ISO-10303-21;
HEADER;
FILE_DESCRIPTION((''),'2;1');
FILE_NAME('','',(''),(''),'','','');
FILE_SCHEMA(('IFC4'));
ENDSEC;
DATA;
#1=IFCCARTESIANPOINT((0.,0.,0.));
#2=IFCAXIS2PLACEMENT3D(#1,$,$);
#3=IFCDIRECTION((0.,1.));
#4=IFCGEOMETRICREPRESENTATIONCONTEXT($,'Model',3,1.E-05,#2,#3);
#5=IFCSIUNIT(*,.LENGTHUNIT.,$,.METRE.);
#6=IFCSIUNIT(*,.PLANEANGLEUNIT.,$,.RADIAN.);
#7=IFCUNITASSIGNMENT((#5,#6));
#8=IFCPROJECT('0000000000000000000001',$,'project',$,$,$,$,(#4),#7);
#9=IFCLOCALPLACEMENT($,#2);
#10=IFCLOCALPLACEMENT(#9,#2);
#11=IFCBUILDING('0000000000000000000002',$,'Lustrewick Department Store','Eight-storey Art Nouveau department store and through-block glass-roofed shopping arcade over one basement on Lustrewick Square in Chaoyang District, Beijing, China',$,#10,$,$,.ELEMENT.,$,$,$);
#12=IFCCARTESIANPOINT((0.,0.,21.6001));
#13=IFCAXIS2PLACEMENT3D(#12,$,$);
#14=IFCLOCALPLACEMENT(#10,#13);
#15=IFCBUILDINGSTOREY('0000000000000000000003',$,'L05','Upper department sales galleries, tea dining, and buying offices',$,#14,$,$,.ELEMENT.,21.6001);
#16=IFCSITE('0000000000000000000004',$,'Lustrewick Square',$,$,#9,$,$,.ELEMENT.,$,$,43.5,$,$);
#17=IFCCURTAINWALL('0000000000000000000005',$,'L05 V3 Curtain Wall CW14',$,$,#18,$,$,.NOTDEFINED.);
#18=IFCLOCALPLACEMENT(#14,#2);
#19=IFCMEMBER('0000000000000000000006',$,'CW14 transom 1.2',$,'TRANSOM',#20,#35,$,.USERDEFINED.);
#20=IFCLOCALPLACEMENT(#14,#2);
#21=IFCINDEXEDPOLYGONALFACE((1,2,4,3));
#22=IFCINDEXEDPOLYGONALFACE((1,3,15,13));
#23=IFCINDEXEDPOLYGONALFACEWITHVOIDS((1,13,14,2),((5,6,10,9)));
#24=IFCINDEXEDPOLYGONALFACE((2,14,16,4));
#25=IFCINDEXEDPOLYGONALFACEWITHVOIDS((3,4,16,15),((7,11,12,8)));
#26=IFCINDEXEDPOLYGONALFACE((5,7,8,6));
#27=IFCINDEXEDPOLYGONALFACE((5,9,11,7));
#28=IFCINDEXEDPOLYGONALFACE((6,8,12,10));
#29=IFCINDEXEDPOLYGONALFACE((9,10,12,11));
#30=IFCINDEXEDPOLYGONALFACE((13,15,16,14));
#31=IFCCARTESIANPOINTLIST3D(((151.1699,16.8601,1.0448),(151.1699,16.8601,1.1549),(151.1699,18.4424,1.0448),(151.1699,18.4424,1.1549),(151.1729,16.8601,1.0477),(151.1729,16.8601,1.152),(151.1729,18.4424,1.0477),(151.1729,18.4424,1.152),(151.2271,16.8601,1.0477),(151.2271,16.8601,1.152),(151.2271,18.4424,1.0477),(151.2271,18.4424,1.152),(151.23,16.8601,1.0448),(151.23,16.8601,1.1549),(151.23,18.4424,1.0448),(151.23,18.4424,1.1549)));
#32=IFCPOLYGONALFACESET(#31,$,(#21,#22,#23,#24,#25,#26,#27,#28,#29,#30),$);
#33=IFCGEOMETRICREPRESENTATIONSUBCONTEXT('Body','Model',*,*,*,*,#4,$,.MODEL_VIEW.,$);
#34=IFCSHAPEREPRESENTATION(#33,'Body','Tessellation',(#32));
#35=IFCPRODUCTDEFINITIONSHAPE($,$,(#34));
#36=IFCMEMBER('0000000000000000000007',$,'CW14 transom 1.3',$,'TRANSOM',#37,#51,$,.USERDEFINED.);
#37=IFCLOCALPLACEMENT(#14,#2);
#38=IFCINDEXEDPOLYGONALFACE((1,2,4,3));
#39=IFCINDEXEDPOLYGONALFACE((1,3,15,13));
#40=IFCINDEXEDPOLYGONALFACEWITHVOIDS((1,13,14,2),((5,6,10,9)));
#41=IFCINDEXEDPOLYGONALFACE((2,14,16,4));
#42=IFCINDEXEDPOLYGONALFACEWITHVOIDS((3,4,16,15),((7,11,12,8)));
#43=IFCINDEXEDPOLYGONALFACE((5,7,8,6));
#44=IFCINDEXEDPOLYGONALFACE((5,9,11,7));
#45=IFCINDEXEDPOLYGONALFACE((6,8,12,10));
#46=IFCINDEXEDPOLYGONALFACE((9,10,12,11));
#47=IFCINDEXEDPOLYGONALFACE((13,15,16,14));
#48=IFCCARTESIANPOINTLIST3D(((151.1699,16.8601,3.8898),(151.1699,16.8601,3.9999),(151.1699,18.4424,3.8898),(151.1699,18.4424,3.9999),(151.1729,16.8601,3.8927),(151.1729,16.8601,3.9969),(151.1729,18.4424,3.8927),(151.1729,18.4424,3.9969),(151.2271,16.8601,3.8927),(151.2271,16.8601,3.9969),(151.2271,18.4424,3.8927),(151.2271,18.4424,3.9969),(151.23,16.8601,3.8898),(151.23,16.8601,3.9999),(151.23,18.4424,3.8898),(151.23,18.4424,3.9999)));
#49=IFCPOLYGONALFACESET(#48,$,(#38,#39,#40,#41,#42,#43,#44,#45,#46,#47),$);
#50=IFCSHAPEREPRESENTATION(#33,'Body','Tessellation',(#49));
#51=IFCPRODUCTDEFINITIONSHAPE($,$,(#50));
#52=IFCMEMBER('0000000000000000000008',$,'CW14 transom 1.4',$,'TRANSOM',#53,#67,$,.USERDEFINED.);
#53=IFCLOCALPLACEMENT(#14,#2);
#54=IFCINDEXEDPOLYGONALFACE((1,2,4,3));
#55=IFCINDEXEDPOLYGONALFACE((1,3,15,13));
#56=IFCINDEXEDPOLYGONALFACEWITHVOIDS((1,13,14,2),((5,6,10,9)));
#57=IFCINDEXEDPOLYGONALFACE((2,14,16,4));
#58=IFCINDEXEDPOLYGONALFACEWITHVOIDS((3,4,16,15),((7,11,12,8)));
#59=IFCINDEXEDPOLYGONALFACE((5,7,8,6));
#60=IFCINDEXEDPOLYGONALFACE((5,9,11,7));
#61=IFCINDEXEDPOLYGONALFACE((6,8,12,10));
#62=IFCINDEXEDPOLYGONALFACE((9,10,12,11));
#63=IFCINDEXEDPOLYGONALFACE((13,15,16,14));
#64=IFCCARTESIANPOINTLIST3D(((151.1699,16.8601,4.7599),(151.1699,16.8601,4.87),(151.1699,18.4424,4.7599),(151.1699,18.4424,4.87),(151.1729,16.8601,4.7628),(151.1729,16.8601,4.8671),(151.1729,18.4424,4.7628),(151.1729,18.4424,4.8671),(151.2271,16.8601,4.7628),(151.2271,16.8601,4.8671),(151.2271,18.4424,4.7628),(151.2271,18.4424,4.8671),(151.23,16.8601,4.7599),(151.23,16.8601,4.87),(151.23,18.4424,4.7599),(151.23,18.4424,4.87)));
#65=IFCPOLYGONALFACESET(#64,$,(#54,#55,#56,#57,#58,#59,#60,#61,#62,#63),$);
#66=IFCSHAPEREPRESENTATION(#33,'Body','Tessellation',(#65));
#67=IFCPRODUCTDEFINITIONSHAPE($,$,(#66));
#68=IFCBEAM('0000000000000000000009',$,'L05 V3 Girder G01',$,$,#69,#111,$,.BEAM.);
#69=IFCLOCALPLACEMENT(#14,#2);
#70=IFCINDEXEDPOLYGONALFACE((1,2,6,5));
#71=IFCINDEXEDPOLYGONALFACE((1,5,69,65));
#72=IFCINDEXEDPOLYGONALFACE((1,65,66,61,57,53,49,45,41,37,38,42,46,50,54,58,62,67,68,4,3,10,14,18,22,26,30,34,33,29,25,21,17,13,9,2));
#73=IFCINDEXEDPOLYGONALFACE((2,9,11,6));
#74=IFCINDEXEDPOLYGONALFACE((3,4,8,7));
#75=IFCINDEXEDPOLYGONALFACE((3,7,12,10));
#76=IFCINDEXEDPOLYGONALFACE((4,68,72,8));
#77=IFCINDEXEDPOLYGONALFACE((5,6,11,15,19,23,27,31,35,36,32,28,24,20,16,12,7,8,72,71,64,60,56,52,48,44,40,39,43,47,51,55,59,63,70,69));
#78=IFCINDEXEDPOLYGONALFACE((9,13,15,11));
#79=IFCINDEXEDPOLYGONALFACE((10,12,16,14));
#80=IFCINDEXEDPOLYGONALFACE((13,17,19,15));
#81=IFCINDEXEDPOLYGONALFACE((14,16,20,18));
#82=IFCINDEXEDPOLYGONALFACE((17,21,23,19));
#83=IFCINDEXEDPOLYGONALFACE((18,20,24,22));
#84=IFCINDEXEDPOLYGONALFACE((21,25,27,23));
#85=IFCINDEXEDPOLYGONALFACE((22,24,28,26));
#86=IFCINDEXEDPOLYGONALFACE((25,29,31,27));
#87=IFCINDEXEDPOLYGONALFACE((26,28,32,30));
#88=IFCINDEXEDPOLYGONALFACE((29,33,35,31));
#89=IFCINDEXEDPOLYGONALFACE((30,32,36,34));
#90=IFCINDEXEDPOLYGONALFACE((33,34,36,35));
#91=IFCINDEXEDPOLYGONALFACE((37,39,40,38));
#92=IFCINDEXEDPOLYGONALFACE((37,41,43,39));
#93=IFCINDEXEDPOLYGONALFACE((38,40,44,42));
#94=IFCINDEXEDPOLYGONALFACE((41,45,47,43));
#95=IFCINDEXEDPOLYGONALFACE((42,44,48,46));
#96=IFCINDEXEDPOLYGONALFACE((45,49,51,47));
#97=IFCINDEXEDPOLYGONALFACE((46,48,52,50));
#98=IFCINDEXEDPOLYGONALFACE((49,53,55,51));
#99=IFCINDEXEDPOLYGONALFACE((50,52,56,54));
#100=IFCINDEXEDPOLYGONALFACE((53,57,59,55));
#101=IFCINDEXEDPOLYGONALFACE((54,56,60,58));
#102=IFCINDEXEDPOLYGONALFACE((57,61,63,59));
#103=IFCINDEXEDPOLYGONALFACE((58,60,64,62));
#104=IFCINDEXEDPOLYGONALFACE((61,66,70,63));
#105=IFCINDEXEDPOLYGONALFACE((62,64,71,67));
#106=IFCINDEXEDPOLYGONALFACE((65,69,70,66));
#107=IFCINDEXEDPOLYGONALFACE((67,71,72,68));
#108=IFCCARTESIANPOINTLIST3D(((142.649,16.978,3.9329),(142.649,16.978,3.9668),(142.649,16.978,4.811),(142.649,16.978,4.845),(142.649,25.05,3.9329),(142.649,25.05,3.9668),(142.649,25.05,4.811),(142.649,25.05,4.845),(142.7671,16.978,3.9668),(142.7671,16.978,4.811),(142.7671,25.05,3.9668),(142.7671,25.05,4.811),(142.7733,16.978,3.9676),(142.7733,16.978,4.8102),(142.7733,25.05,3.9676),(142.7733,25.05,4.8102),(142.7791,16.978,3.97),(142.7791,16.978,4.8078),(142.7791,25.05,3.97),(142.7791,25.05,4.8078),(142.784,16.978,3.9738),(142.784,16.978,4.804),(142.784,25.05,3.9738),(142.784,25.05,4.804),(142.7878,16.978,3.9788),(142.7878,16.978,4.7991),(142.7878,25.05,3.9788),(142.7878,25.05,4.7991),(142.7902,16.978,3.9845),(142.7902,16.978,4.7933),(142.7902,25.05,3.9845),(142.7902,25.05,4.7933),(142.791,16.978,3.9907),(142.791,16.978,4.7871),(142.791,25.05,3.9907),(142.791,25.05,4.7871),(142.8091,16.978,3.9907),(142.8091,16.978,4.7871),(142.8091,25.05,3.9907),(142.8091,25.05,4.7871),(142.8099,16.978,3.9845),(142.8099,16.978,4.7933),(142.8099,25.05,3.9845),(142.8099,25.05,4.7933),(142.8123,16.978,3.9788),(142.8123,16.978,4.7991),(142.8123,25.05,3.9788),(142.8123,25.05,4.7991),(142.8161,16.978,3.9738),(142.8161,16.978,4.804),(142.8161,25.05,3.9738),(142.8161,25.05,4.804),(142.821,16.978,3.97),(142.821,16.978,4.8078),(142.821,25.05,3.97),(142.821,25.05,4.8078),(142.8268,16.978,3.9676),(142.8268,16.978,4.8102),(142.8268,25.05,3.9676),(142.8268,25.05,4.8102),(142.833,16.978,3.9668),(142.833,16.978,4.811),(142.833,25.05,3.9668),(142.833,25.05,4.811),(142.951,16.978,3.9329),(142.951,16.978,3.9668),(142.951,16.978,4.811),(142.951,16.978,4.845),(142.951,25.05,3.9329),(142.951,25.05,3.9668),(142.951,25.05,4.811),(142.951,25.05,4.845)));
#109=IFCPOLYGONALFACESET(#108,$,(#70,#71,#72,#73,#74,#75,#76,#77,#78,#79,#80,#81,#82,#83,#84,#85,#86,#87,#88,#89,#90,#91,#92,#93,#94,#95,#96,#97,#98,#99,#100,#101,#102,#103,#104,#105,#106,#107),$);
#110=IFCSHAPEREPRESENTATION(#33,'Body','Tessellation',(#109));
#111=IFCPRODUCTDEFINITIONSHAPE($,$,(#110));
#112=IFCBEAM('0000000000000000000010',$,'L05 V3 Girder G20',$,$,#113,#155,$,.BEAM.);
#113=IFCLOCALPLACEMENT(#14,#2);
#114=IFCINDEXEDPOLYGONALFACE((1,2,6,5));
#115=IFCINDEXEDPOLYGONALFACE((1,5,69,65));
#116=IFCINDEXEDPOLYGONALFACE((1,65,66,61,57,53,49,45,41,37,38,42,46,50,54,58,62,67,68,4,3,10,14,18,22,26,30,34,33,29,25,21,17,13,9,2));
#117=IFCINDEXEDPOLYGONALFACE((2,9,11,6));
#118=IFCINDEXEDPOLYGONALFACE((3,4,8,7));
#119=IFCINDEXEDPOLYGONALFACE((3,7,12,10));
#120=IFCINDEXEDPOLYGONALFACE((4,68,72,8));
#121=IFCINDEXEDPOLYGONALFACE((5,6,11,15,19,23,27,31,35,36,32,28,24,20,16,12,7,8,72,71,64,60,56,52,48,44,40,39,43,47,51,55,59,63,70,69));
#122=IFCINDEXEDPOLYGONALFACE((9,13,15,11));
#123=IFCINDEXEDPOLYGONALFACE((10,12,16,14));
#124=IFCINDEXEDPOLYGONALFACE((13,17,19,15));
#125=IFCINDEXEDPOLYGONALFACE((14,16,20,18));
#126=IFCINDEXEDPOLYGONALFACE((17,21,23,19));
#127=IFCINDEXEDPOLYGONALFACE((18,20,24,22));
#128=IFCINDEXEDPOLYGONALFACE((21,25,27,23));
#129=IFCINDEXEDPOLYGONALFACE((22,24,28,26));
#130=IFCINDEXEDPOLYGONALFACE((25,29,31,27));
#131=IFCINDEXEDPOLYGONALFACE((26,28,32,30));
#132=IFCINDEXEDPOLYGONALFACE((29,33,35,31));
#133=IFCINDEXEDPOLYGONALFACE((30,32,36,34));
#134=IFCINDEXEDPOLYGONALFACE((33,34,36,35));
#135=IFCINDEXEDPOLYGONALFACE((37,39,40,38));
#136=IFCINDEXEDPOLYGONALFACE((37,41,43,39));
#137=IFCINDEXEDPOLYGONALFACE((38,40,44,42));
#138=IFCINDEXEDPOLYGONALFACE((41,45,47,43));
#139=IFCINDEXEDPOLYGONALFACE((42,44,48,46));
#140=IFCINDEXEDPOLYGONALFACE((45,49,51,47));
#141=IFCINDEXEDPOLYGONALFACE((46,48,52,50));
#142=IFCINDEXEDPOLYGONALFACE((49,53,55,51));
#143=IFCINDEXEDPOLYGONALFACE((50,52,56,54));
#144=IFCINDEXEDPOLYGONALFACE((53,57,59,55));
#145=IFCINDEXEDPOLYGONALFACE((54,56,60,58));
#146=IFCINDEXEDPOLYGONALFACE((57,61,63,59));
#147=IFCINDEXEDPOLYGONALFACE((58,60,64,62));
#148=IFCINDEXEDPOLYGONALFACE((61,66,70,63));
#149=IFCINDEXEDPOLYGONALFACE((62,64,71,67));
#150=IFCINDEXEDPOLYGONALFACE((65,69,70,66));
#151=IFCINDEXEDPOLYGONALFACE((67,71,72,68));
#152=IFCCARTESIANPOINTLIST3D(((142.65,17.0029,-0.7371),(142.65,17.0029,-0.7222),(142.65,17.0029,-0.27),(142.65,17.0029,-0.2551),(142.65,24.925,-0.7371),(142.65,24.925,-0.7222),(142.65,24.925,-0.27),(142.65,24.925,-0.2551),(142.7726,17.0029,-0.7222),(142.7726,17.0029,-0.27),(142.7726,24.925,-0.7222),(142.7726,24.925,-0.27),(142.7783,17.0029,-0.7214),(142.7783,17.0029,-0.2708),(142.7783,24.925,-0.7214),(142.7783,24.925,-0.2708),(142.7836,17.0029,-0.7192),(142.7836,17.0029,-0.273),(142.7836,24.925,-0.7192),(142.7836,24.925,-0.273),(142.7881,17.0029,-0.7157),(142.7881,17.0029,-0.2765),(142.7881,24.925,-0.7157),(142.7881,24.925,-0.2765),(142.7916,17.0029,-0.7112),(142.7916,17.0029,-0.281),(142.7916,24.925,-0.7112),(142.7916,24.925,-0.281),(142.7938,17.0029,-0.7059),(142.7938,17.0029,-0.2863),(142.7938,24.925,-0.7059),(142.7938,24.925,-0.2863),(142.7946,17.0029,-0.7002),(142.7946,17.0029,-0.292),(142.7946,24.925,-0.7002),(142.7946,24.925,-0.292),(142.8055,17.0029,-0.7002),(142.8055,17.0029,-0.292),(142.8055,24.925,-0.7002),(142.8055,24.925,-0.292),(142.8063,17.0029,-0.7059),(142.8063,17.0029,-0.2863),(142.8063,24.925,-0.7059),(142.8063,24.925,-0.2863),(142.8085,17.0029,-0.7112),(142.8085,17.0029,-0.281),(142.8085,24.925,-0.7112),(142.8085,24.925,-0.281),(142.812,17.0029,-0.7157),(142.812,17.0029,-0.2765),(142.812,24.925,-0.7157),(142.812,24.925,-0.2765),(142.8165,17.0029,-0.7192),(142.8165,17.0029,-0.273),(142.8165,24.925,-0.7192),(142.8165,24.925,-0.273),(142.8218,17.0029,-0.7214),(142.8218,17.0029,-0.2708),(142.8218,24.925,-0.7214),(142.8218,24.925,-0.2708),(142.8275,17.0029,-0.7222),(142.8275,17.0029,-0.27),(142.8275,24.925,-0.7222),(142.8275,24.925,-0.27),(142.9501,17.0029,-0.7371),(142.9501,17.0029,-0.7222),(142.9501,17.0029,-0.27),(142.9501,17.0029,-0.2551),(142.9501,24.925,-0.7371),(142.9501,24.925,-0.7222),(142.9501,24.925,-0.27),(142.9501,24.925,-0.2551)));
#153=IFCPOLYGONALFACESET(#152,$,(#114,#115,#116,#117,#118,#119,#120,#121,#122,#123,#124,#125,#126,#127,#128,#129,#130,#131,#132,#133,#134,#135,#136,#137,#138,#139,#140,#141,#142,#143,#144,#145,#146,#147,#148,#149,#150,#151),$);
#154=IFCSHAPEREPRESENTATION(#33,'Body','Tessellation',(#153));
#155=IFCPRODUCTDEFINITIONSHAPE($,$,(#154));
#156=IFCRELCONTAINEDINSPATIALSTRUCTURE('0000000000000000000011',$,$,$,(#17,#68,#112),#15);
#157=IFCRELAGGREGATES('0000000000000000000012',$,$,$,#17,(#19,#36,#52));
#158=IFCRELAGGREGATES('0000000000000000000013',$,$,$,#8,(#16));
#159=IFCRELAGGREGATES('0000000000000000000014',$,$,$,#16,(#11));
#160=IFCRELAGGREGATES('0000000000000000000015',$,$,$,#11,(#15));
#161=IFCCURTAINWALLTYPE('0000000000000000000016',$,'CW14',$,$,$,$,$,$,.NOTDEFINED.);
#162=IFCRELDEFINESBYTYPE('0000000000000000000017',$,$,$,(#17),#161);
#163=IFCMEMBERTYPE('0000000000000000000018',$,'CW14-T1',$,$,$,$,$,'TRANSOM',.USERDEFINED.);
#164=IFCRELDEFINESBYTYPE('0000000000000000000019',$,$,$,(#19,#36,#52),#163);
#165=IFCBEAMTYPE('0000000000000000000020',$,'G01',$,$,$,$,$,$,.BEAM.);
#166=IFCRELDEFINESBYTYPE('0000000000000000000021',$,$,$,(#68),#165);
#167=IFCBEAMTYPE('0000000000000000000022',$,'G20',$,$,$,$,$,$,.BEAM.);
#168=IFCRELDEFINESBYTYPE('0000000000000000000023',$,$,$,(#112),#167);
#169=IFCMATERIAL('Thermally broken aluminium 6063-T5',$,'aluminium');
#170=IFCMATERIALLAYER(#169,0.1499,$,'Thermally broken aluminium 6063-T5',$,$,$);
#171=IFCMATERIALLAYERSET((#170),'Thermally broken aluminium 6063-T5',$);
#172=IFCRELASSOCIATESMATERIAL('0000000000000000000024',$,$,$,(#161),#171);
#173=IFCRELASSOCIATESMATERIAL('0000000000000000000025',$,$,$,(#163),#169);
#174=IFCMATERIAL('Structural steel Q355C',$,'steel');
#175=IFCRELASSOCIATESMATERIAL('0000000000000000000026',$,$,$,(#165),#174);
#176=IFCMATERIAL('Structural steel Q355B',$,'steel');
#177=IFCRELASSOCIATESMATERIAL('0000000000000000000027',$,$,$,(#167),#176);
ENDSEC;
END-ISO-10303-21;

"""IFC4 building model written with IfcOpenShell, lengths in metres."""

from ifc_helpers import new_model, si_unit, direction, frame, origin, origin_2d, place, context, subcontext, project, spatial, hollow_rectangle, i_section, extrude, material, layer, layer_set, material_profile, profile_set, type_object, element, aggregate, save


model = new_model("IFC4")

# Units and contexts
model_context = context("Model", 3, precision=1e-05, world=origin(), true_north=direction((0.0, 1.0)))
body_context = subcontext(model_context, "Body", "Model", "MODEL_VIEW")
ifc_project = project(units=[si_unit("LENGTHUNIT", "METRE"), si_unit("PLANEANGLEUNIT", "RADIAN")], contexts=[model_context])

# Site, building, storey
site_placement = place(None, origin())
site = spatial("IfcSite", under=ifc_project, at=site_placement, Name="Lustrewick Square", CompositionType="ELEMENT", RefElevation=43.5)
building_placement = place(site_placement, origin())
building = spatial("IfcBuilding", under=site, at=building_placement, Name="Lustrewick Department Store", Description="Eight-storey Art Nouveau department store and through-block glass-roofed shopping arcade over one basement on Lustrewick Square in Chaoyang District, Beijing, China", CompositionType="ELEMENT")
storey_placement = place(building_placement, frame((0.0, 0.0, 21.6001)))
storey = spatial("IfcBuildingStorey", under=building, at=storey_placement, Name="L05", Description="Upper department sales galleries, tea dining, and buying offices", CompositionType="ELEMENT", Elevation=21.6001)

# Shared definitions
ifc_material_1 = material(Name="Structural steel Q355B", Category="steel")

# Curtain wall, members
ifc_material_2 = material(Name="Thermally broken aluminium 6063-T5", Category="aluminium")
ifc_layer_1 = layer(ifc_material_2, 0.1499, Name="Thermally broken aluminium 6063-T5")
ifc_layer_set_1 = layer_set([ifc_layer_1], Name="Thermally broken aluminium 6063-T5")
curtain_wall_type = type_object("IfcCurtainWallType", Name="CW14", PredefinedType="NOTDEFINED", material=ifc_layer_set_1)
curtain_wall_placement = place(storey_placement, origin())
curtain_wall = element("IfcCurtainWall", 1, at=curtain_wall_placement, inside=storey, type_object=curtain_wall_type, Name="L05 V3 Curtain Wall CW14", PredefinedType="NOTDEFINED")
ifc_material_profile_1 = material_profile(ifc_material_2, hollow_rectangle(XDim=0.0601, YDim=0.1101, WallThickness=0.0029, at=origin_2d()), Name="ALU-T 60x110x3")
ifc_profile_set_1 = profile_set([ifc_material_profile_1], Name="Thermally broken aluminium 6063-T5")
member_type_1 = type_object("IfcMemberType", Name="CW14-T1", ElementType="TRANSOM", PredefinedType="USERDEFINED", material=ifc_profile_set_1)
member_1_placement = place(storey_placement, frame((151.2, 16.8601, 1.0999), z_axis=(0.0, 1.0, 0.0), x_axis=(-1.0, 0.0, 0.0)))
member_1 = element("IfcMember", 2, at=member_1_placement, type_object=member_type_1, Name="CW14 transom 1.2", ObjectType="TRANSOM", PredefinedType="USERDEFINED", context=body_context, shape_type="SweptSolid", body=[
    extrude(hollow_rectangle(XDim=0.0601, YDim=0.1101, WallThickness=0.0029, at=origin_2d()), origin(), (0.0, 0.0, 1.0), 1.5823),
])
member_2_placement = place(storey_placement, frame((151.2, 16.8601, 3.9448), z_axis=(0.0, 1.0, 0.0), x_axis=(-1.0, 0.0, 0.0)))
member_2 = element("IfcMember", 3, at=member_2_placement, type_object=member_type_1, Name="CW14 transom 1.3", ObjectType="TRANSOM", PredefinedType="USERDEFINED", context=body_context, shape_type="SweptSolid", body=[
    extrude(hollow_rectangle(XDim=0.0601, YDim=0.1101, WallThickness=0.0029, at=origin_2d()), origin(), (0.0, 0.0, 1.0), 1.5823),
])
member_3_placement = place(storey_placement, frame((151.2, 16.8601, 4.8149), z_axis=(0.0, 1.0, 0.0), x_axis=(-1.0, 0.0, 0.0)))
member_3 = element("IfcMember", 4, at=member_3_placement, type_object=member_type_1, Name="CW14 transom 1.4", ObjectType="TRANSOM", PredefinedType="USERDEFINED", context=body_context, shape_type="SweptSolid", body=[
    extrude(hollow_rectangle(XDim=0.0601, YDim=0.1101, WallThickness=0.0029, at=origin_2d()), origin(), (0.0, 0.0, 1.0), 1.5823),
])

# Beams
ifc_material_3 = material(Name="Structural steel Q355C", Category="steel")
ifc_material_profile_2 = material_profile(ifc_material_3, i_section(OverallWidth=0.302, OverallDepth=0.9121, WebThickness=0.0181, FlangeThickness=0.0339, FilletRadius=0.0239, at=origin_2d()), Name="HN 912x302x18x34")
ifc_profile_set_2 = profile_set([ifc_material_profile_2], Name="Structural steel Q355C")
beam_type_1 = type_object("IfcBeamType", Name="G01", PredefinedType="BEAM", material=ifc_profile_set_2)
beam_1_placement = place(storey_placement, frame((142.8, 16.978, 4.3889), z_axis=(0.0, 1.0, 0.0), x_axis=(-1.0, 0.0, 0.0)))
element("IfcBeam", 5, at=beam_1_placement, inside=storey, type_object=beam_type_1, Name="L05 V3 Girder G01", PredefinedType="BEAM", context=body_context, shape_type="SweptSolid", body=[
    extrude(i_section(OverallWidth=0.302, OverallDepth=0.9121, WebThickness=0.0181, FlangeThickness=0.0339, FilletRadius=0.0239, at=origin_2d()), origin(), (0.0, 0.0, 1.0), 8.072),
])
ifc_material_profile_3 = material_profile(ifc_material_1, i_section(OverallWidth=0.3, OverallDepth=0.4819, WebThickness=0.011, FlangeThickness=0.0149, FilletRadius=0.022, at=origin_2d()), Name="HM 482x300x11x15")
ifc_profile_set_3 = profile_set([ifc_material_profile_3], Name="Structural steel Q355B")
beam_type_2 = type_object("IfcBeamType", Name="G20", PredefinedType="BEAM", material=ifc_profile_set_3)
beam_2_placement = place(storey_placement, frame((142.8, 17.0029, -0.4961), z_axis=(0.0, 1.0, 0.0), x_axis=(-1.0, 0.0, 0.0)))
element("IfcBeam", 6, at=beam_2_placement, inside=storey, type_object=beam_type_2, Name="L05 V3 Girder G20", PredefinedType="BEAM", context=body_context, shape_type="SweptSolid", body=[
    extrude(i_section(OverallWidth=0.3, OverallDepth=0.4819, WebThickness=0.011, FlangeThickness=0.0149, FilletRadius=0.022, at=origin_2d()), origin(), (0.0, 0.0, 1.0), 7.9221),
])

aggregate(curtain_wall, [member_1, member_2, member_3])

save(model, "model.ifc")
